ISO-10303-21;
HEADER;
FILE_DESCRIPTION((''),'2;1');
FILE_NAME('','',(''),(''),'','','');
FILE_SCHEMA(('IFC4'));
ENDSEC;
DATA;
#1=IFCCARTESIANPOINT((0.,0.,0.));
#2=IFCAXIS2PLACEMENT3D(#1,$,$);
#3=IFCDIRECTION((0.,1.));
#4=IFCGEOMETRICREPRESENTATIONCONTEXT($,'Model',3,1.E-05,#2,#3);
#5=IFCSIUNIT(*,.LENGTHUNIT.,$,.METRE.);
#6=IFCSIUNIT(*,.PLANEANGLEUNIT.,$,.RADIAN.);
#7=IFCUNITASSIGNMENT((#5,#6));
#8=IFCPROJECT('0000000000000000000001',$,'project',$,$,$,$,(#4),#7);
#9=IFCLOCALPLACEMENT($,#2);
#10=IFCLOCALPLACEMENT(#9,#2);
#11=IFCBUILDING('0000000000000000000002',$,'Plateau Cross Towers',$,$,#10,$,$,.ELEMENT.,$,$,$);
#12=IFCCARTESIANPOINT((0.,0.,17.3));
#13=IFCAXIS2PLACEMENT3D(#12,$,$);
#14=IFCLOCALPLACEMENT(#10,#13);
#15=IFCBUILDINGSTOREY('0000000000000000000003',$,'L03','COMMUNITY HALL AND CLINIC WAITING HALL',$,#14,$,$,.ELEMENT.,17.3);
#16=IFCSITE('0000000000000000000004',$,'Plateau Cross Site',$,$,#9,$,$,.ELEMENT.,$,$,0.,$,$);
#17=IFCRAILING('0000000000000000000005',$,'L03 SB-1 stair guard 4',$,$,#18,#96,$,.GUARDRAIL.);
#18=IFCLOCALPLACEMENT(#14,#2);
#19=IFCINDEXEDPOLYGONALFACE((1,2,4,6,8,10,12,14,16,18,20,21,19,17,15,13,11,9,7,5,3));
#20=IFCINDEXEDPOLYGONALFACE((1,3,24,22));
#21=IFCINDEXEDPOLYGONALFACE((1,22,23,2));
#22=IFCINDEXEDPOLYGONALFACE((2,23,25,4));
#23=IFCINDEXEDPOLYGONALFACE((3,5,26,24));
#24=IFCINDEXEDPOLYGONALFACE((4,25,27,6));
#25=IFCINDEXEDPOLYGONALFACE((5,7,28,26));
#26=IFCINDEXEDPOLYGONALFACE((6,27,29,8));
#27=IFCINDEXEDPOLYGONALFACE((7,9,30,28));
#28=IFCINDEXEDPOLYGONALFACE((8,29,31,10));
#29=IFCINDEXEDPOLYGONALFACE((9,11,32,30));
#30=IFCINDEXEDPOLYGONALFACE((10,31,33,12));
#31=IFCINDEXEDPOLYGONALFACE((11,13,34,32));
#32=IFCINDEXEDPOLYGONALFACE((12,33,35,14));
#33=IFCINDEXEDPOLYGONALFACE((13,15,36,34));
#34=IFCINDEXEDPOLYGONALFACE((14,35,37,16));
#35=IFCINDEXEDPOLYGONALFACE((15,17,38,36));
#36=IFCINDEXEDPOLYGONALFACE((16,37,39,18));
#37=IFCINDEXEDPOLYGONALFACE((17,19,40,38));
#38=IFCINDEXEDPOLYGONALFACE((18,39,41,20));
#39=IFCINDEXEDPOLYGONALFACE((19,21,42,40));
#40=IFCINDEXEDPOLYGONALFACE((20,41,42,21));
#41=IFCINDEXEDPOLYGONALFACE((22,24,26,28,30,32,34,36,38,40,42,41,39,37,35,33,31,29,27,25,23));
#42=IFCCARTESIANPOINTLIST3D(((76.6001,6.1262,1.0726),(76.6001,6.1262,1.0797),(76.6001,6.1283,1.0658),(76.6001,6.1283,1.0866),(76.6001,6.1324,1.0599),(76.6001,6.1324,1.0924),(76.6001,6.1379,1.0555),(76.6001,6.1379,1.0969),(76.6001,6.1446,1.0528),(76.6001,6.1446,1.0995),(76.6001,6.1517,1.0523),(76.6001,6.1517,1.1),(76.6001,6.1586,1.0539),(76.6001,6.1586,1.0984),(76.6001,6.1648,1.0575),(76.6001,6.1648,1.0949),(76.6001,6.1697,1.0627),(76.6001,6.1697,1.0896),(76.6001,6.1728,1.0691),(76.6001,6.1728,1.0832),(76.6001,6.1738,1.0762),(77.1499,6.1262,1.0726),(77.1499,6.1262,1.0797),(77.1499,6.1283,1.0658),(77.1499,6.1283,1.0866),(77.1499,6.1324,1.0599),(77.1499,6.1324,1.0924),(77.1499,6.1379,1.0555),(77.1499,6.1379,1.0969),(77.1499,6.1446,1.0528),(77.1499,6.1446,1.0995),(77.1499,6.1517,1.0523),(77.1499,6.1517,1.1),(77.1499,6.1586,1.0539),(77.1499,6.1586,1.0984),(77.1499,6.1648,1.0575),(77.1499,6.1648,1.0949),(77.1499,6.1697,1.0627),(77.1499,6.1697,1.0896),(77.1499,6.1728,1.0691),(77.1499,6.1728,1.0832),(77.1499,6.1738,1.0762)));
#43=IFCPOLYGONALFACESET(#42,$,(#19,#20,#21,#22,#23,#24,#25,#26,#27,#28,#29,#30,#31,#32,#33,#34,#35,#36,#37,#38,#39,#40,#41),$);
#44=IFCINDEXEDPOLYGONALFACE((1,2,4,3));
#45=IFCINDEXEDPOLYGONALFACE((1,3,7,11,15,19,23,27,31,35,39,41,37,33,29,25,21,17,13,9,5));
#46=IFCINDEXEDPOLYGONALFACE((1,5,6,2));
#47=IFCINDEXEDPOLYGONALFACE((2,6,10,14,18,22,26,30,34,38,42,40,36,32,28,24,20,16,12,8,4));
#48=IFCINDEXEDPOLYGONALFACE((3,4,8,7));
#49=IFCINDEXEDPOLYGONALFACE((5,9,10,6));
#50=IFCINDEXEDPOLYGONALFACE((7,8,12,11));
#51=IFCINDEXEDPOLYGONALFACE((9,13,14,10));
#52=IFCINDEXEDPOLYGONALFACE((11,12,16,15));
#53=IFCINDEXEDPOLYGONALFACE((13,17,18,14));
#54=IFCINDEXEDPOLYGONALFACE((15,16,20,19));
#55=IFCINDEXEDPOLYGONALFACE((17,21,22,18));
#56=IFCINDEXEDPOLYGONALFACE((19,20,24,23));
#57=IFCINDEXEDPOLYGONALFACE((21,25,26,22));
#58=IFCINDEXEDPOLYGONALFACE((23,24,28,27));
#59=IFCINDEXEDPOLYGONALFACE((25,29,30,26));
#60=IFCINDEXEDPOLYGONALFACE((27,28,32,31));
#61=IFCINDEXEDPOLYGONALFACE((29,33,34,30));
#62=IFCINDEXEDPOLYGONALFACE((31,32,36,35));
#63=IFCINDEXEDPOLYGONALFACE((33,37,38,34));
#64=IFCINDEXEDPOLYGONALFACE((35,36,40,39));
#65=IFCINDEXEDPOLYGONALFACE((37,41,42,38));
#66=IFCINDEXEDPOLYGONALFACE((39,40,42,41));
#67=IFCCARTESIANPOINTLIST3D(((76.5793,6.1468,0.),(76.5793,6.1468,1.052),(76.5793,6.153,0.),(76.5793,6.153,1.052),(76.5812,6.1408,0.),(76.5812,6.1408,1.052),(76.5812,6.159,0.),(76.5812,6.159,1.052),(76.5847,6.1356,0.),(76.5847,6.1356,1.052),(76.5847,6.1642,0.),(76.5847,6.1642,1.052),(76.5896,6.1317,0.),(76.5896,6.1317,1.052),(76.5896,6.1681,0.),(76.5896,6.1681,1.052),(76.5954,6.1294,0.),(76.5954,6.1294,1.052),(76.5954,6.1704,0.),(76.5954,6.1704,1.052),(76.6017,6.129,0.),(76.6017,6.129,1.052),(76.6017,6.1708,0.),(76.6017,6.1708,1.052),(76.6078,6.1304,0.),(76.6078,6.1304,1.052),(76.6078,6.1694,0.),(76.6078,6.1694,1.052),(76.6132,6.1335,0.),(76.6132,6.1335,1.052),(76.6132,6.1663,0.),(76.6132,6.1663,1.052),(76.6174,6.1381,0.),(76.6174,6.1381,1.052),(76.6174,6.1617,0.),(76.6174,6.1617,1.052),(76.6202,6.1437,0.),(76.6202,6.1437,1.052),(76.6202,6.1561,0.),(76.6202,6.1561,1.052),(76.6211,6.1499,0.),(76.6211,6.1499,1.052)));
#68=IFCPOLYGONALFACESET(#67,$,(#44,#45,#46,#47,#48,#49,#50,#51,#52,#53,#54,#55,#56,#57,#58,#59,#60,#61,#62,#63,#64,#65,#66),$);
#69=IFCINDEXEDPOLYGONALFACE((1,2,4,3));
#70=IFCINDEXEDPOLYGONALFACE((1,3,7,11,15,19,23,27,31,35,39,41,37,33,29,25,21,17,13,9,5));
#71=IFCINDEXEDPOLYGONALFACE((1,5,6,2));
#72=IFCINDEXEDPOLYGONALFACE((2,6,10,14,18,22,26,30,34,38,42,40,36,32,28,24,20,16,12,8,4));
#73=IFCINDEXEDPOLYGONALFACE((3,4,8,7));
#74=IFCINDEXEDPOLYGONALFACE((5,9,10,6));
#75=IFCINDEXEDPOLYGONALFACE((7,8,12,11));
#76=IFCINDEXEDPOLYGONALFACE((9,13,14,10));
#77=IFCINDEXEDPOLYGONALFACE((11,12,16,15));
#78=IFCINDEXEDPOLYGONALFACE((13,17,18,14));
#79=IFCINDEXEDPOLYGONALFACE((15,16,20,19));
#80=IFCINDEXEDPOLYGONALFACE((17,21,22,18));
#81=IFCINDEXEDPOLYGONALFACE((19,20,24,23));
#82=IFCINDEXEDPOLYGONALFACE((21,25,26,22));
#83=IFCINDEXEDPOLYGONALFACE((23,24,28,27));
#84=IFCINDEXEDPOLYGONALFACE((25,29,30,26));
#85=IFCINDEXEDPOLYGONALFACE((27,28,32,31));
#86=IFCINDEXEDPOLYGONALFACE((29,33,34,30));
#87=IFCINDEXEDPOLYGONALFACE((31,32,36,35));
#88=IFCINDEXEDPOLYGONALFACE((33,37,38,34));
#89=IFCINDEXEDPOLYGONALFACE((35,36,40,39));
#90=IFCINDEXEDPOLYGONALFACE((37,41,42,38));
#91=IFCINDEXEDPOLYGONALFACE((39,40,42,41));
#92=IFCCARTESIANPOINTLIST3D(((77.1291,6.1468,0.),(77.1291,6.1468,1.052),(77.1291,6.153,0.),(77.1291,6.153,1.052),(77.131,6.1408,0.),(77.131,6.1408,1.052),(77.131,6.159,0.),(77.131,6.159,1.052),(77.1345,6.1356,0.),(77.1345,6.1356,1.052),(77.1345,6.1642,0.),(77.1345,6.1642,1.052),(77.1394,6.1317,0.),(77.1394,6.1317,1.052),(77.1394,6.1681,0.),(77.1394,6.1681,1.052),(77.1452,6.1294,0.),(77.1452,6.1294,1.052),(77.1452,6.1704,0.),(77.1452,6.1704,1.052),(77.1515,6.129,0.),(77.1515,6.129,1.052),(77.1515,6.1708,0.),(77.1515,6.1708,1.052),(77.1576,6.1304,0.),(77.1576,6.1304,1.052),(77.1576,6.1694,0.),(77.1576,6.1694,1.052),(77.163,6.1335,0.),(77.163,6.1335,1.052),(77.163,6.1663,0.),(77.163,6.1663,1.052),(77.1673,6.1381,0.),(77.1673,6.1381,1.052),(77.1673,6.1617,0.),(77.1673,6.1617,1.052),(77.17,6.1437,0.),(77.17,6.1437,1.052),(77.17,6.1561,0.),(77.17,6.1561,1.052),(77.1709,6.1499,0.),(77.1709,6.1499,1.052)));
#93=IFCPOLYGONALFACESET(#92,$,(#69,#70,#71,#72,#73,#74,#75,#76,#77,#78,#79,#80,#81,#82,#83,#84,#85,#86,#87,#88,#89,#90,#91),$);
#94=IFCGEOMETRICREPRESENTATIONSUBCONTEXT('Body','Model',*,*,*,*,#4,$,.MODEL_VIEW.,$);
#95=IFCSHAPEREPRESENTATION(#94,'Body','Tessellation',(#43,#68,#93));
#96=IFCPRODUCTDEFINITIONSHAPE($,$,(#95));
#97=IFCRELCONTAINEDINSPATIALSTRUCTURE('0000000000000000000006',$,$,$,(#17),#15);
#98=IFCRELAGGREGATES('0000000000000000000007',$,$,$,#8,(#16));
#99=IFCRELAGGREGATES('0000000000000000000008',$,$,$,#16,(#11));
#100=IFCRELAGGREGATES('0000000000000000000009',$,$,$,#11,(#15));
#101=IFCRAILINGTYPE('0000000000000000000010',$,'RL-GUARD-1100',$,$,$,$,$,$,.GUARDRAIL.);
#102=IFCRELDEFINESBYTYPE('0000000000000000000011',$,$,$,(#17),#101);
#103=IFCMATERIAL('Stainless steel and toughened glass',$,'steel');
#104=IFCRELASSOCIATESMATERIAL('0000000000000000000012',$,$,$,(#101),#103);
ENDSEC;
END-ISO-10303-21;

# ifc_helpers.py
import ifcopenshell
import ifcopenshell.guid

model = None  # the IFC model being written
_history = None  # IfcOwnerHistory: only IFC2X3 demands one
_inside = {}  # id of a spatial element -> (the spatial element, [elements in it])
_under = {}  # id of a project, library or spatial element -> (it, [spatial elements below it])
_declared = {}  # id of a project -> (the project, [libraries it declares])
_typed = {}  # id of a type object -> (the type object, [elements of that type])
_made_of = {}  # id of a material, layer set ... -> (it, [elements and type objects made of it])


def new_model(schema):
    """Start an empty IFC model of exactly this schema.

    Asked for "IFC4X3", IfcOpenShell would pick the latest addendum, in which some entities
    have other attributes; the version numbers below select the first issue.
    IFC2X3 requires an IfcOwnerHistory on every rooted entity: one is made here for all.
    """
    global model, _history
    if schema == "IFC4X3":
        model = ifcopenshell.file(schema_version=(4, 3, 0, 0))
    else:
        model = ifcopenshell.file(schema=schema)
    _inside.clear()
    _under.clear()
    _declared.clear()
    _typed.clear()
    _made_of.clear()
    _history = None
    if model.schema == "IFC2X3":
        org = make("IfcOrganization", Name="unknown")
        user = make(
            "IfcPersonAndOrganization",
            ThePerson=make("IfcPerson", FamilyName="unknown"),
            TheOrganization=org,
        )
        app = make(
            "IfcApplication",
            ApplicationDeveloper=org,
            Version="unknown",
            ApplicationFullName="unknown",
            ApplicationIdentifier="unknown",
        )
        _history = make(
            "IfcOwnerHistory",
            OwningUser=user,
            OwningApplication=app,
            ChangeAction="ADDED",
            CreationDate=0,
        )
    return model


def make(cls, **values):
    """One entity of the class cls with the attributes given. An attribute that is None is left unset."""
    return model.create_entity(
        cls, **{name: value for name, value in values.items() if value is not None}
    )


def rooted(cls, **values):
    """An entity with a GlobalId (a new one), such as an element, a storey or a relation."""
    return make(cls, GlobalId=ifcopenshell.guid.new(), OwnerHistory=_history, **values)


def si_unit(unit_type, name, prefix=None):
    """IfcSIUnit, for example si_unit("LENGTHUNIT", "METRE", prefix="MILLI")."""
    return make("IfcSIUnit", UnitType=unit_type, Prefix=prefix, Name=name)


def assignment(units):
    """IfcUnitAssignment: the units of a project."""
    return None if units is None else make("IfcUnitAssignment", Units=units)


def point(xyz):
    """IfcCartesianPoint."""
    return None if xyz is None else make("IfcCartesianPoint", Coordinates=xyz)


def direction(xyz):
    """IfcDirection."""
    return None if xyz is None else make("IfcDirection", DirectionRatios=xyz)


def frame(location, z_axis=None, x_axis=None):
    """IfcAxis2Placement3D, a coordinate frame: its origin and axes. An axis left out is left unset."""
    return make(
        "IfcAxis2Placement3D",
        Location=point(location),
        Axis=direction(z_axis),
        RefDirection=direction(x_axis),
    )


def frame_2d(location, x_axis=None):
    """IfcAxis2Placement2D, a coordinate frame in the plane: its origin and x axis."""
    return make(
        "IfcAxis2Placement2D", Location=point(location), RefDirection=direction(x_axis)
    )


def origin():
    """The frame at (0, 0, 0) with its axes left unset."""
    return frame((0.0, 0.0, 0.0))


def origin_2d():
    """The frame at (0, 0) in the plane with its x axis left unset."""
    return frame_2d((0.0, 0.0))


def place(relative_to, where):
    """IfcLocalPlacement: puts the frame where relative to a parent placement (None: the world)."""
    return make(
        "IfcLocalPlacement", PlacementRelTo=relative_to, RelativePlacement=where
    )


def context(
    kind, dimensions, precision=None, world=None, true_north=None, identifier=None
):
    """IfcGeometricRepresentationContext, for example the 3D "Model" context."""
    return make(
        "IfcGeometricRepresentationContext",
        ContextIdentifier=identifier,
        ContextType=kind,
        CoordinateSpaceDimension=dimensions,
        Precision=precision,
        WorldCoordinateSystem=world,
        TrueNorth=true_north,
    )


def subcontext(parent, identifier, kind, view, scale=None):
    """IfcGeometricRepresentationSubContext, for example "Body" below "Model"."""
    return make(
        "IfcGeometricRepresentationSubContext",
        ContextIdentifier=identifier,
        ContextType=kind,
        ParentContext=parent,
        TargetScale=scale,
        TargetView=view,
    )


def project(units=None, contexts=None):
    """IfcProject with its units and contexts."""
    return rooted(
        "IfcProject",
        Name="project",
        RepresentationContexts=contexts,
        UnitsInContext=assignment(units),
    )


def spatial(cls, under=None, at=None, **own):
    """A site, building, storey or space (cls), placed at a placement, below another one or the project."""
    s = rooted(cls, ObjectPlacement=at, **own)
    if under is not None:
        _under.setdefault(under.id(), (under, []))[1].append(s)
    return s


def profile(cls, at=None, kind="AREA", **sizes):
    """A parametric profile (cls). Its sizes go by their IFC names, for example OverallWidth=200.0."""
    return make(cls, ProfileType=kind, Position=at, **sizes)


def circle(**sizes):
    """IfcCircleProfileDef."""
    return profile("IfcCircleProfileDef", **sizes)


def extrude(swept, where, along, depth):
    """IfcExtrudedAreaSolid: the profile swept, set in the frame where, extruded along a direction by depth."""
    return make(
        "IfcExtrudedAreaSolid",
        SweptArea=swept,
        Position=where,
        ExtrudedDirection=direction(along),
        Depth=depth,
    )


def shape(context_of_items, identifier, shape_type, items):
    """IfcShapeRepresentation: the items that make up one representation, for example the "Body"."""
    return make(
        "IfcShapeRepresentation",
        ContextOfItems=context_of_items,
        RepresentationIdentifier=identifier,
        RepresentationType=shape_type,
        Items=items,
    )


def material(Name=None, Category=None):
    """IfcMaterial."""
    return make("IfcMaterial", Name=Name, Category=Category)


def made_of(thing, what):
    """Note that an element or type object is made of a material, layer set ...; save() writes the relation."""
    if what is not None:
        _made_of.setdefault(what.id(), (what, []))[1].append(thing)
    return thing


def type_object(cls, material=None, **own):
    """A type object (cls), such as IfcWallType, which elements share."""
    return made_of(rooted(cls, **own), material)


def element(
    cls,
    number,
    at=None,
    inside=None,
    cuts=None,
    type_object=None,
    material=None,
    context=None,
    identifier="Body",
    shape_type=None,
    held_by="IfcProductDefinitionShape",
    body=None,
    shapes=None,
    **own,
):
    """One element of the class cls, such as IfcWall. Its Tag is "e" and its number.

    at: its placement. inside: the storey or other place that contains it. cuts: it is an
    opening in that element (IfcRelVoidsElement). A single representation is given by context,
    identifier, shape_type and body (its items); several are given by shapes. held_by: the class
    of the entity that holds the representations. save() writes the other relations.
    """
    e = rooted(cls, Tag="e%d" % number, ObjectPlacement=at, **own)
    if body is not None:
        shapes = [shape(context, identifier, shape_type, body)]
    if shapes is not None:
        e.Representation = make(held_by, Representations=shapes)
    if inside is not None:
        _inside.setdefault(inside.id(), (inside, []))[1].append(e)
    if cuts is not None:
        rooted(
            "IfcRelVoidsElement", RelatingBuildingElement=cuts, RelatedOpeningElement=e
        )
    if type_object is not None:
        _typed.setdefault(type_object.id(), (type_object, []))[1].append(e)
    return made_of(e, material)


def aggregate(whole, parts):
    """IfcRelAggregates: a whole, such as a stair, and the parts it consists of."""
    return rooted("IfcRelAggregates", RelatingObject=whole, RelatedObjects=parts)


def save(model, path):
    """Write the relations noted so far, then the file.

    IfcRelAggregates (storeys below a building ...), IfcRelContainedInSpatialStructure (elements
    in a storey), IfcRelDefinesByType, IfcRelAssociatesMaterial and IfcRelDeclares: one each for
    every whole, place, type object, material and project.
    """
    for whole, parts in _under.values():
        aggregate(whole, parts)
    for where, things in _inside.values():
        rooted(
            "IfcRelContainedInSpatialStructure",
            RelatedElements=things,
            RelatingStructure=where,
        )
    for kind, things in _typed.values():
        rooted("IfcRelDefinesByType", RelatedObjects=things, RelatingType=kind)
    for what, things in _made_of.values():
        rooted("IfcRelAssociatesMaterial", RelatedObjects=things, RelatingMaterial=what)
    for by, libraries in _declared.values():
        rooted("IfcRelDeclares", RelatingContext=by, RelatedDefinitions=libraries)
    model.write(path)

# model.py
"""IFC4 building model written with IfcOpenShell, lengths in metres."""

from ifc_helpers import new_model, si_unit, direction, frame, origin, origin_2d, place, context, subcontext, project, spatial, circle, extrude, material, type_object, element, save


model = new_model("IFC4")

# Units and contexts
model_context = context("Model", 3, precision=1e-05, world=origin(), true_north=direction((0.0, 1.0)))
body_context = subcontext(model_context, "Body", "Model", "MODEL_VIEW")
ifc_project = project(units=[si_unit("LENGTHUNIT", "METRE"), si_unit("PLANEANGLEUNIT", "RADIAN")], contexts=[model_context])

# Site, building, storey
site_placement = place(None, origin())
site = spatial("IfcSite", under=ifc_project, at=site_placement, Name="Plateau Cross Site", CompositionType="ELEMENT", RefElevation=0.0)
building_placement = place(site_placement, origin())
building = spatial("IfcBuilding", under=site, at=building_placement, Name="Plateau Cross Towers", CompositionType="ELEMENT")
storey_placement = place(building_placement, frame((0.0, 0.0, 17.3)))
storey = spatial("IfcBuildingStorey", under=building, at=storey_placement, Name="L03", Description="COMMUNITY HALL AND CLINIC WAITING HALL", CompositionType="ELEMENT", Elevation=17.3)

# Railing
ifc_material_1 = material(Name="Stainless steel and toughened glass", Category="steel")
railing_type_1 = type_object("IfcRailingType", Name="RL-GUARD-1100", PredefinedType="GUARDRAIL", material=ifc_material_1)
railing_1_placement = place(storey_placement, frame((76.6001, 6.1499, 0.0)))
element("IfcRailing", 1, at=railing_1_placement, inside=storey, type_object=railing_type_1, Name="L03 SB-1 stair guard 4", PredefinedType="GUARDRAIL", context=body_context, shape_type="SweptSolid", body=[
    extrude(circle(Radius=0.0239, at=origin_2d()), frame((0.0, 0.0, 1.0762), z_axis=(1.0, 0.0, 0.0), x_axis=(0.0, 1.0, 0.0)), (0.0, 0.0, 1.0), 0.5498),
    extrude(circle(Radius=0.021, at=origin_2d()), origin(), (0.0, 0.0, 1.0), 1.052),
    extrude(circle(Radius=0.021, at=origin_2d()), frame((0.5498, 0.0, 0.0)), (0.0, 0.0, 1.0), 1.052),
])

save(model, "model.ifc")
